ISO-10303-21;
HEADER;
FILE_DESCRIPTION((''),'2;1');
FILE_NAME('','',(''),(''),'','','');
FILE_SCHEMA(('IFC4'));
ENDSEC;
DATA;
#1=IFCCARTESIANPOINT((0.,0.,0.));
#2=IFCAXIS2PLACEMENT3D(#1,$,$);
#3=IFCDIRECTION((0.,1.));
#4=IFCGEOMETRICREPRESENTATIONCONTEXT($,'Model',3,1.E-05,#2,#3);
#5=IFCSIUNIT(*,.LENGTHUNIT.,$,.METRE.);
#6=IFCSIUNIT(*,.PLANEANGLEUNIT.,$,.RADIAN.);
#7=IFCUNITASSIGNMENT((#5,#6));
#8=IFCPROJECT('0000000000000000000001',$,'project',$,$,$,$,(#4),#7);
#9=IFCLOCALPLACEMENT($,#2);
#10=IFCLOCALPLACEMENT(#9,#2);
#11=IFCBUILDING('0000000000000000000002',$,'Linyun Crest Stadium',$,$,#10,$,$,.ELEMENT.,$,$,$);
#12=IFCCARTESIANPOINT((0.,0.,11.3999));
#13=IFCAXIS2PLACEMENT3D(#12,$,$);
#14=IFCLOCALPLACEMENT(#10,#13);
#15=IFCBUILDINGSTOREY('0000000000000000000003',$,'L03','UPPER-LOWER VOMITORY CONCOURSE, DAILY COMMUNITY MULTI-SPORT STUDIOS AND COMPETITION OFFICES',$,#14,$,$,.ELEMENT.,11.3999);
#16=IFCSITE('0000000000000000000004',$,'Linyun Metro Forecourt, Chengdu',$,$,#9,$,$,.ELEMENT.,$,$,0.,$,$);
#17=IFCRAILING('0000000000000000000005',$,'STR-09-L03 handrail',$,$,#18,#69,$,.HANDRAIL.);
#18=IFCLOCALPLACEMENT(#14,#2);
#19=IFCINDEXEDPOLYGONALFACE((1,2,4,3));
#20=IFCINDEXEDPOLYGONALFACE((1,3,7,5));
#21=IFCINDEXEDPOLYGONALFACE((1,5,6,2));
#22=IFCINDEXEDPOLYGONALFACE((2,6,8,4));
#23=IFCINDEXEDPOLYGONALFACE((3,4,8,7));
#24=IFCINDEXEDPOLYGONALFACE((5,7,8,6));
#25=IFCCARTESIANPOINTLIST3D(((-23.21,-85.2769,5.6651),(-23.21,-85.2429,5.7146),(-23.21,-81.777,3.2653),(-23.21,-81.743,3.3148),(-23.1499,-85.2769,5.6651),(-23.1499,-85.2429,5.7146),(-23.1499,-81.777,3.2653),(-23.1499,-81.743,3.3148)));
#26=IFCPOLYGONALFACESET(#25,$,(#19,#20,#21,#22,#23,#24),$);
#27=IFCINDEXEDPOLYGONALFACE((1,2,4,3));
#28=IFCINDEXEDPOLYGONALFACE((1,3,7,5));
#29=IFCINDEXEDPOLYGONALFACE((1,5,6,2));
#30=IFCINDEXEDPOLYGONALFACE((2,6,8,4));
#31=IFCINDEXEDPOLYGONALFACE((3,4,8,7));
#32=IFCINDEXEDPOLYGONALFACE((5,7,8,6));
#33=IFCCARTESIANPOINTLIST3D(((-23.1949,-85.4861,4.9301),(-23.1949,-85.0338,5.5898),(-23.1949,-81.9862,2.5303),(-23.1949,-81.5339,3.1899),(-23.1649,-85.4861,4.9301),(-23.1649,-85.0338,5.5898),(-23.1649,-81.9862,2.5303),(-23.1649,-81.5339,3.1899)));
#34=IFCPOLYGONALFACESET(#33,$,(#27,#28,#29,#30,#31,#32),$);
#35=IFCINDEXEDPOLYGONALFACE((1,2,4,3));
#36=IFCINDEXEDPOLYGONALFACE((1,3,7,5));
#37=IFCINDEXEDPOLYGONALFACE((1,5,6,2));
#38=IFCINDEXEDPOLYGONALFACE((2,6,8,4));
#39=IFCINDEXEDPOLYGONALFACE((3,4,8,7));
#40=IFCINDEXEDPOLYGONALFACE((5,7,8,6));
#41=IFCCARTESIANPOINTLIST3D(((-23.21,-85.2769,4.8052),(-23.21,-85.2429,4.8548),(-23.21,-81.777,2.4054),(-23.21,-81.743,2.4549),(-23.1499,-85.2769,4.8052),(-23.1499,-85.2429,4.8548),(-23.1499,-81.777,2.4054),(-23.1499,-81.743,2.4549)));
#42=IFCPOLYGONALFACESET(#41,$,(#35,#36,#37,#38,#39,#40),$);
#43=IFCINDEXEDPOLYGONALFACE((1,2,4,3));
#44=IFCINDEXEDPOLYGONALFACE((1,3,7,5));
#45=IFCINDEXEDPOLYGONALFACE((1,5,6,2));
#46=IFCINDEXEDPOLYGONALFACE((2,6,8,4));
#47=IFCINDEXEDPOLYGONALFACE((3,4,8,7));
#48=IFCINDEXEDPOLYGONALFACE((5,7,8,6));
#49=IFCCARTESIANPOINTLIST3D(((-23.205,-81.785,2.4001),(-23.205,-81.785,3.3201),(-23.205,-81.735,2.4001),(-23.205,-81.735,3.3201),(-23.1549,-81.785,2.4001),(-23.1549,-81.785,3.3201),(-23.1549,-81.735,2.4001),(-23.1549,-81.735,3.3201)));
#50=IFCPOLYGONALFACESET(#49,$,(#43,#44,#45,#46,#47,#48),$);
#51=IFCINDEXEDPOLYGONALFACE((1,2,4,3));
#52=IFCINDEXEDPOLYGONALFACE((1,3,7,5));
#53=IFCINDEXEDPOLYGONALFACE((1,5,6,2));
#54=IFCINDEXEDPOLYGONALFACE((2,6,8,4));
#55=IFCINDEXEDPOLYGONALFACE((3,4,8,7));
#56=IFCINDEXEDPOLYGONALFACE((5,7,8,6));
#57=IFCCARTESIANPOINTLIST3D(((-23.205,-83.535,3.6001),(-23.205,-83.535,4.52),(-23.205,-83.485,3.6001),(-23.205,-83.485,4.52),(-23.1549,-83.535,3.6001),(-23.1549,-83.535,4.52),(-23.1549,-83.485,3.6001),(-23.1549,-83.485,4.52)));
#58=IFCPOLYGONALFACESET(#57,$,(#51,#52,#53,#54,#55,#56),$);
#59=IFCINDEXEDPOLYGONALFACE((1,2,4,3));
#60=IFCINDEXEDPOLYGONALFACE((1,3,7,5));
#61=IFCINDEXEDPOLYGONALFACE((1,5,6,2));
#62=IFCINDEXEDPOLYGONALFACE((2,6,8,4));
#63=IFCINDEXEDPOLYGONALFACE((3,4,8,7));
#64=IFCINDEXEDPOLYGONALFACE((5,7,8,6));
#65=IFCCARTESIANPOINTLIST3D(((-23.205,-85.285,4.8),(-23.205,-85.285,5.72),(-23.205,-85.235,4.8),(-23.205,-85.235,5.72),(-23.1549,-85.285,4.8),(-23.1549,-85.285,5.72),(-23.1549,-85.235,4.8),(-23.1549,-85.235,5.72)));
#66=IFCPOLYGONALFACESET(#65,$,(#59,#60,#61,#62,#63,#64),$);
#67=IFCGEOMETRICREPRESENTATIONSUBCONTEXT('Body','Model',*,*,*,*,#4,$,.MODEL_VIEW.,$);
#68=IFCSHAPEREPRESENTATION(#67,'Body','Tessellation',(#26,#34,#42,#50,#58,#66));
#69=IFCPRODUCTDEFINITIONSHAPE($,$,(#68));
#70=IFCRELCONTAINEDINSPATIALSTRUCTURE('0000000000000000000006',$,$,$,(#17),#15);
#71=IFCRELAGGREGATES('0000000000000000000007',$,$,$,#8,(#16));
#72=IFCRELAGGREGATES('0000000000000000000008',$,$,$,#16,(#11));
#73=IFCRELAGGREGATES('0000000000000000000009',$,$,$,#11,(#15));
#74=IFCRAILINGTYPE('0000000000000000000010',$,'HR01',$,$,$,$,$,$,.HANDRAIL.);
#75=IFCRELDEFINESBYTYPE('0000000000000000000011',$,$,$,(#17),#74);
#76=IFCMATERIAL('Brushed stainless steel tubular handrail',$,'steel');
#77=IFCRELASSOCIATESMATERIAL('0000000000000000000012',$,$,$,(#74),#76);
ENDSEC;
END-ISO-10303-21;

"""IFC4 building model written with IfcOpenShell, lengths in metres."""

from ifc_helpers import new_model, si_unit, direction, frame, origin, origin_2d, place, context, subcontext, project, spatial, rectangle, extrude, material, type_object, element, save


model = new_model("IFC4")

# Units and contexts
model_context = context("Model", 3, precision=1e-05, world=origin(), true_north=direction((0.0, 1.0)))
body_context = subcontext(model_context, "Body", "Model", "MODEL_VIEW")
ifc_project = project(units=[si_unit("LENGTHUNIT", "METRE"), si_unit("PLANEANGLEUNIT", "RADIAN")], contexts=[model_context])

# Site, building, storey
site_placement = place(None, origin())
site = spatial("IfcSite", under=ifc_project, at=site_placement, Name="Linyun Metro Forecourt, Chengdu", CompositionType="ELEMENT", RefElevation=0.0)
building_placement = place(site_placement, origin())
building = spatial("IfcBuilding", under=site, at=building_placement, Name="Linyun Crest Stadium", CompositionType="ELEMENT")
storey_placement = place(building_placement, frame((0.0, 0.0, 11.3999)))
storey = spatial("IfcBuildingStorey", under=building, at=storey_placement, Name="L03", Description="UPPER-LOWER VOMITORY CONCOURSE, DAILY COMMUNITY MULTI-SPORT STUDIOS AND COMPETITION OFFICES", CompositionType="ELEMENT", Elevation=11.3999)

# Railing
ifc_material_1 = material(Name="Brushed stainless steel tubular handrail", Category="steel")
railing_type_1 = type_object("IfcRailingType", Name="HR01", PredefinedType="HANDRAIL", material=ifc_material_1)
railing_1_placement = place(storey_placement, frame((-23.1799, -81.76, 2.4001)))
element("IfcRailing", 1, at=railing_1_placement, inside=storey, type_object=railing_type_1, Name="STR-09-L03 handrail", PredefinedType="HANDRAIL", context=body_context, shape_type="SweptSolid", body=[
    extrude(rectangle(XDim=0.0601, YDim=0.0601, at=origin_2d()), frame((0.0, 0.0, 0.8899), z_axis=(0.0, -0.82474, 0.565513), x_axis=(1.0, 0.0, 0.0)), (0.0, 0.0, 1.0), 4.2437),
    extrude(rectangle(XDim=0.03, YDim=0.7998, at=origin_2d()), frame((0.0, 0.0, 0.46), z_axis=(0.0, -0.82474, 0.565513), x_axis=(1.0, 0.0, 0.0)), (0.0, 0.0, 1.0), 4.2437),
    extrude(rectangle(XDim=0.0601, YDim=0.0601, at=origin_2d()), frame((0.0, 0.0, 0.03), z_axis=(0.0, -0.82474, 0.565513), x_axis=(1.0, 0.0, 0.0)), (0.0, 0.0, 1.0), 4.2437),
    extrude(rectangle(XDim=0.05, YDim=0.05, at=origin_2d()), origin(), (0.0, 0.0, 1.0), 0.9199),
    extrude(rectangle(XDim=0.05, YDim=0.05, at=origin_2d()), frame((0.0, -1.75, 1.2)), (0.0, 0.0, 1.0), 0.9199),
    extrude(rectangle(XDim=0.05, YDim=0.05, at=origin_2d()), frame((0.0, -3.5, 2.3999)), (0.0, 0.0, 1.0), 0.9199),
])

save(model, "model.ifc")
